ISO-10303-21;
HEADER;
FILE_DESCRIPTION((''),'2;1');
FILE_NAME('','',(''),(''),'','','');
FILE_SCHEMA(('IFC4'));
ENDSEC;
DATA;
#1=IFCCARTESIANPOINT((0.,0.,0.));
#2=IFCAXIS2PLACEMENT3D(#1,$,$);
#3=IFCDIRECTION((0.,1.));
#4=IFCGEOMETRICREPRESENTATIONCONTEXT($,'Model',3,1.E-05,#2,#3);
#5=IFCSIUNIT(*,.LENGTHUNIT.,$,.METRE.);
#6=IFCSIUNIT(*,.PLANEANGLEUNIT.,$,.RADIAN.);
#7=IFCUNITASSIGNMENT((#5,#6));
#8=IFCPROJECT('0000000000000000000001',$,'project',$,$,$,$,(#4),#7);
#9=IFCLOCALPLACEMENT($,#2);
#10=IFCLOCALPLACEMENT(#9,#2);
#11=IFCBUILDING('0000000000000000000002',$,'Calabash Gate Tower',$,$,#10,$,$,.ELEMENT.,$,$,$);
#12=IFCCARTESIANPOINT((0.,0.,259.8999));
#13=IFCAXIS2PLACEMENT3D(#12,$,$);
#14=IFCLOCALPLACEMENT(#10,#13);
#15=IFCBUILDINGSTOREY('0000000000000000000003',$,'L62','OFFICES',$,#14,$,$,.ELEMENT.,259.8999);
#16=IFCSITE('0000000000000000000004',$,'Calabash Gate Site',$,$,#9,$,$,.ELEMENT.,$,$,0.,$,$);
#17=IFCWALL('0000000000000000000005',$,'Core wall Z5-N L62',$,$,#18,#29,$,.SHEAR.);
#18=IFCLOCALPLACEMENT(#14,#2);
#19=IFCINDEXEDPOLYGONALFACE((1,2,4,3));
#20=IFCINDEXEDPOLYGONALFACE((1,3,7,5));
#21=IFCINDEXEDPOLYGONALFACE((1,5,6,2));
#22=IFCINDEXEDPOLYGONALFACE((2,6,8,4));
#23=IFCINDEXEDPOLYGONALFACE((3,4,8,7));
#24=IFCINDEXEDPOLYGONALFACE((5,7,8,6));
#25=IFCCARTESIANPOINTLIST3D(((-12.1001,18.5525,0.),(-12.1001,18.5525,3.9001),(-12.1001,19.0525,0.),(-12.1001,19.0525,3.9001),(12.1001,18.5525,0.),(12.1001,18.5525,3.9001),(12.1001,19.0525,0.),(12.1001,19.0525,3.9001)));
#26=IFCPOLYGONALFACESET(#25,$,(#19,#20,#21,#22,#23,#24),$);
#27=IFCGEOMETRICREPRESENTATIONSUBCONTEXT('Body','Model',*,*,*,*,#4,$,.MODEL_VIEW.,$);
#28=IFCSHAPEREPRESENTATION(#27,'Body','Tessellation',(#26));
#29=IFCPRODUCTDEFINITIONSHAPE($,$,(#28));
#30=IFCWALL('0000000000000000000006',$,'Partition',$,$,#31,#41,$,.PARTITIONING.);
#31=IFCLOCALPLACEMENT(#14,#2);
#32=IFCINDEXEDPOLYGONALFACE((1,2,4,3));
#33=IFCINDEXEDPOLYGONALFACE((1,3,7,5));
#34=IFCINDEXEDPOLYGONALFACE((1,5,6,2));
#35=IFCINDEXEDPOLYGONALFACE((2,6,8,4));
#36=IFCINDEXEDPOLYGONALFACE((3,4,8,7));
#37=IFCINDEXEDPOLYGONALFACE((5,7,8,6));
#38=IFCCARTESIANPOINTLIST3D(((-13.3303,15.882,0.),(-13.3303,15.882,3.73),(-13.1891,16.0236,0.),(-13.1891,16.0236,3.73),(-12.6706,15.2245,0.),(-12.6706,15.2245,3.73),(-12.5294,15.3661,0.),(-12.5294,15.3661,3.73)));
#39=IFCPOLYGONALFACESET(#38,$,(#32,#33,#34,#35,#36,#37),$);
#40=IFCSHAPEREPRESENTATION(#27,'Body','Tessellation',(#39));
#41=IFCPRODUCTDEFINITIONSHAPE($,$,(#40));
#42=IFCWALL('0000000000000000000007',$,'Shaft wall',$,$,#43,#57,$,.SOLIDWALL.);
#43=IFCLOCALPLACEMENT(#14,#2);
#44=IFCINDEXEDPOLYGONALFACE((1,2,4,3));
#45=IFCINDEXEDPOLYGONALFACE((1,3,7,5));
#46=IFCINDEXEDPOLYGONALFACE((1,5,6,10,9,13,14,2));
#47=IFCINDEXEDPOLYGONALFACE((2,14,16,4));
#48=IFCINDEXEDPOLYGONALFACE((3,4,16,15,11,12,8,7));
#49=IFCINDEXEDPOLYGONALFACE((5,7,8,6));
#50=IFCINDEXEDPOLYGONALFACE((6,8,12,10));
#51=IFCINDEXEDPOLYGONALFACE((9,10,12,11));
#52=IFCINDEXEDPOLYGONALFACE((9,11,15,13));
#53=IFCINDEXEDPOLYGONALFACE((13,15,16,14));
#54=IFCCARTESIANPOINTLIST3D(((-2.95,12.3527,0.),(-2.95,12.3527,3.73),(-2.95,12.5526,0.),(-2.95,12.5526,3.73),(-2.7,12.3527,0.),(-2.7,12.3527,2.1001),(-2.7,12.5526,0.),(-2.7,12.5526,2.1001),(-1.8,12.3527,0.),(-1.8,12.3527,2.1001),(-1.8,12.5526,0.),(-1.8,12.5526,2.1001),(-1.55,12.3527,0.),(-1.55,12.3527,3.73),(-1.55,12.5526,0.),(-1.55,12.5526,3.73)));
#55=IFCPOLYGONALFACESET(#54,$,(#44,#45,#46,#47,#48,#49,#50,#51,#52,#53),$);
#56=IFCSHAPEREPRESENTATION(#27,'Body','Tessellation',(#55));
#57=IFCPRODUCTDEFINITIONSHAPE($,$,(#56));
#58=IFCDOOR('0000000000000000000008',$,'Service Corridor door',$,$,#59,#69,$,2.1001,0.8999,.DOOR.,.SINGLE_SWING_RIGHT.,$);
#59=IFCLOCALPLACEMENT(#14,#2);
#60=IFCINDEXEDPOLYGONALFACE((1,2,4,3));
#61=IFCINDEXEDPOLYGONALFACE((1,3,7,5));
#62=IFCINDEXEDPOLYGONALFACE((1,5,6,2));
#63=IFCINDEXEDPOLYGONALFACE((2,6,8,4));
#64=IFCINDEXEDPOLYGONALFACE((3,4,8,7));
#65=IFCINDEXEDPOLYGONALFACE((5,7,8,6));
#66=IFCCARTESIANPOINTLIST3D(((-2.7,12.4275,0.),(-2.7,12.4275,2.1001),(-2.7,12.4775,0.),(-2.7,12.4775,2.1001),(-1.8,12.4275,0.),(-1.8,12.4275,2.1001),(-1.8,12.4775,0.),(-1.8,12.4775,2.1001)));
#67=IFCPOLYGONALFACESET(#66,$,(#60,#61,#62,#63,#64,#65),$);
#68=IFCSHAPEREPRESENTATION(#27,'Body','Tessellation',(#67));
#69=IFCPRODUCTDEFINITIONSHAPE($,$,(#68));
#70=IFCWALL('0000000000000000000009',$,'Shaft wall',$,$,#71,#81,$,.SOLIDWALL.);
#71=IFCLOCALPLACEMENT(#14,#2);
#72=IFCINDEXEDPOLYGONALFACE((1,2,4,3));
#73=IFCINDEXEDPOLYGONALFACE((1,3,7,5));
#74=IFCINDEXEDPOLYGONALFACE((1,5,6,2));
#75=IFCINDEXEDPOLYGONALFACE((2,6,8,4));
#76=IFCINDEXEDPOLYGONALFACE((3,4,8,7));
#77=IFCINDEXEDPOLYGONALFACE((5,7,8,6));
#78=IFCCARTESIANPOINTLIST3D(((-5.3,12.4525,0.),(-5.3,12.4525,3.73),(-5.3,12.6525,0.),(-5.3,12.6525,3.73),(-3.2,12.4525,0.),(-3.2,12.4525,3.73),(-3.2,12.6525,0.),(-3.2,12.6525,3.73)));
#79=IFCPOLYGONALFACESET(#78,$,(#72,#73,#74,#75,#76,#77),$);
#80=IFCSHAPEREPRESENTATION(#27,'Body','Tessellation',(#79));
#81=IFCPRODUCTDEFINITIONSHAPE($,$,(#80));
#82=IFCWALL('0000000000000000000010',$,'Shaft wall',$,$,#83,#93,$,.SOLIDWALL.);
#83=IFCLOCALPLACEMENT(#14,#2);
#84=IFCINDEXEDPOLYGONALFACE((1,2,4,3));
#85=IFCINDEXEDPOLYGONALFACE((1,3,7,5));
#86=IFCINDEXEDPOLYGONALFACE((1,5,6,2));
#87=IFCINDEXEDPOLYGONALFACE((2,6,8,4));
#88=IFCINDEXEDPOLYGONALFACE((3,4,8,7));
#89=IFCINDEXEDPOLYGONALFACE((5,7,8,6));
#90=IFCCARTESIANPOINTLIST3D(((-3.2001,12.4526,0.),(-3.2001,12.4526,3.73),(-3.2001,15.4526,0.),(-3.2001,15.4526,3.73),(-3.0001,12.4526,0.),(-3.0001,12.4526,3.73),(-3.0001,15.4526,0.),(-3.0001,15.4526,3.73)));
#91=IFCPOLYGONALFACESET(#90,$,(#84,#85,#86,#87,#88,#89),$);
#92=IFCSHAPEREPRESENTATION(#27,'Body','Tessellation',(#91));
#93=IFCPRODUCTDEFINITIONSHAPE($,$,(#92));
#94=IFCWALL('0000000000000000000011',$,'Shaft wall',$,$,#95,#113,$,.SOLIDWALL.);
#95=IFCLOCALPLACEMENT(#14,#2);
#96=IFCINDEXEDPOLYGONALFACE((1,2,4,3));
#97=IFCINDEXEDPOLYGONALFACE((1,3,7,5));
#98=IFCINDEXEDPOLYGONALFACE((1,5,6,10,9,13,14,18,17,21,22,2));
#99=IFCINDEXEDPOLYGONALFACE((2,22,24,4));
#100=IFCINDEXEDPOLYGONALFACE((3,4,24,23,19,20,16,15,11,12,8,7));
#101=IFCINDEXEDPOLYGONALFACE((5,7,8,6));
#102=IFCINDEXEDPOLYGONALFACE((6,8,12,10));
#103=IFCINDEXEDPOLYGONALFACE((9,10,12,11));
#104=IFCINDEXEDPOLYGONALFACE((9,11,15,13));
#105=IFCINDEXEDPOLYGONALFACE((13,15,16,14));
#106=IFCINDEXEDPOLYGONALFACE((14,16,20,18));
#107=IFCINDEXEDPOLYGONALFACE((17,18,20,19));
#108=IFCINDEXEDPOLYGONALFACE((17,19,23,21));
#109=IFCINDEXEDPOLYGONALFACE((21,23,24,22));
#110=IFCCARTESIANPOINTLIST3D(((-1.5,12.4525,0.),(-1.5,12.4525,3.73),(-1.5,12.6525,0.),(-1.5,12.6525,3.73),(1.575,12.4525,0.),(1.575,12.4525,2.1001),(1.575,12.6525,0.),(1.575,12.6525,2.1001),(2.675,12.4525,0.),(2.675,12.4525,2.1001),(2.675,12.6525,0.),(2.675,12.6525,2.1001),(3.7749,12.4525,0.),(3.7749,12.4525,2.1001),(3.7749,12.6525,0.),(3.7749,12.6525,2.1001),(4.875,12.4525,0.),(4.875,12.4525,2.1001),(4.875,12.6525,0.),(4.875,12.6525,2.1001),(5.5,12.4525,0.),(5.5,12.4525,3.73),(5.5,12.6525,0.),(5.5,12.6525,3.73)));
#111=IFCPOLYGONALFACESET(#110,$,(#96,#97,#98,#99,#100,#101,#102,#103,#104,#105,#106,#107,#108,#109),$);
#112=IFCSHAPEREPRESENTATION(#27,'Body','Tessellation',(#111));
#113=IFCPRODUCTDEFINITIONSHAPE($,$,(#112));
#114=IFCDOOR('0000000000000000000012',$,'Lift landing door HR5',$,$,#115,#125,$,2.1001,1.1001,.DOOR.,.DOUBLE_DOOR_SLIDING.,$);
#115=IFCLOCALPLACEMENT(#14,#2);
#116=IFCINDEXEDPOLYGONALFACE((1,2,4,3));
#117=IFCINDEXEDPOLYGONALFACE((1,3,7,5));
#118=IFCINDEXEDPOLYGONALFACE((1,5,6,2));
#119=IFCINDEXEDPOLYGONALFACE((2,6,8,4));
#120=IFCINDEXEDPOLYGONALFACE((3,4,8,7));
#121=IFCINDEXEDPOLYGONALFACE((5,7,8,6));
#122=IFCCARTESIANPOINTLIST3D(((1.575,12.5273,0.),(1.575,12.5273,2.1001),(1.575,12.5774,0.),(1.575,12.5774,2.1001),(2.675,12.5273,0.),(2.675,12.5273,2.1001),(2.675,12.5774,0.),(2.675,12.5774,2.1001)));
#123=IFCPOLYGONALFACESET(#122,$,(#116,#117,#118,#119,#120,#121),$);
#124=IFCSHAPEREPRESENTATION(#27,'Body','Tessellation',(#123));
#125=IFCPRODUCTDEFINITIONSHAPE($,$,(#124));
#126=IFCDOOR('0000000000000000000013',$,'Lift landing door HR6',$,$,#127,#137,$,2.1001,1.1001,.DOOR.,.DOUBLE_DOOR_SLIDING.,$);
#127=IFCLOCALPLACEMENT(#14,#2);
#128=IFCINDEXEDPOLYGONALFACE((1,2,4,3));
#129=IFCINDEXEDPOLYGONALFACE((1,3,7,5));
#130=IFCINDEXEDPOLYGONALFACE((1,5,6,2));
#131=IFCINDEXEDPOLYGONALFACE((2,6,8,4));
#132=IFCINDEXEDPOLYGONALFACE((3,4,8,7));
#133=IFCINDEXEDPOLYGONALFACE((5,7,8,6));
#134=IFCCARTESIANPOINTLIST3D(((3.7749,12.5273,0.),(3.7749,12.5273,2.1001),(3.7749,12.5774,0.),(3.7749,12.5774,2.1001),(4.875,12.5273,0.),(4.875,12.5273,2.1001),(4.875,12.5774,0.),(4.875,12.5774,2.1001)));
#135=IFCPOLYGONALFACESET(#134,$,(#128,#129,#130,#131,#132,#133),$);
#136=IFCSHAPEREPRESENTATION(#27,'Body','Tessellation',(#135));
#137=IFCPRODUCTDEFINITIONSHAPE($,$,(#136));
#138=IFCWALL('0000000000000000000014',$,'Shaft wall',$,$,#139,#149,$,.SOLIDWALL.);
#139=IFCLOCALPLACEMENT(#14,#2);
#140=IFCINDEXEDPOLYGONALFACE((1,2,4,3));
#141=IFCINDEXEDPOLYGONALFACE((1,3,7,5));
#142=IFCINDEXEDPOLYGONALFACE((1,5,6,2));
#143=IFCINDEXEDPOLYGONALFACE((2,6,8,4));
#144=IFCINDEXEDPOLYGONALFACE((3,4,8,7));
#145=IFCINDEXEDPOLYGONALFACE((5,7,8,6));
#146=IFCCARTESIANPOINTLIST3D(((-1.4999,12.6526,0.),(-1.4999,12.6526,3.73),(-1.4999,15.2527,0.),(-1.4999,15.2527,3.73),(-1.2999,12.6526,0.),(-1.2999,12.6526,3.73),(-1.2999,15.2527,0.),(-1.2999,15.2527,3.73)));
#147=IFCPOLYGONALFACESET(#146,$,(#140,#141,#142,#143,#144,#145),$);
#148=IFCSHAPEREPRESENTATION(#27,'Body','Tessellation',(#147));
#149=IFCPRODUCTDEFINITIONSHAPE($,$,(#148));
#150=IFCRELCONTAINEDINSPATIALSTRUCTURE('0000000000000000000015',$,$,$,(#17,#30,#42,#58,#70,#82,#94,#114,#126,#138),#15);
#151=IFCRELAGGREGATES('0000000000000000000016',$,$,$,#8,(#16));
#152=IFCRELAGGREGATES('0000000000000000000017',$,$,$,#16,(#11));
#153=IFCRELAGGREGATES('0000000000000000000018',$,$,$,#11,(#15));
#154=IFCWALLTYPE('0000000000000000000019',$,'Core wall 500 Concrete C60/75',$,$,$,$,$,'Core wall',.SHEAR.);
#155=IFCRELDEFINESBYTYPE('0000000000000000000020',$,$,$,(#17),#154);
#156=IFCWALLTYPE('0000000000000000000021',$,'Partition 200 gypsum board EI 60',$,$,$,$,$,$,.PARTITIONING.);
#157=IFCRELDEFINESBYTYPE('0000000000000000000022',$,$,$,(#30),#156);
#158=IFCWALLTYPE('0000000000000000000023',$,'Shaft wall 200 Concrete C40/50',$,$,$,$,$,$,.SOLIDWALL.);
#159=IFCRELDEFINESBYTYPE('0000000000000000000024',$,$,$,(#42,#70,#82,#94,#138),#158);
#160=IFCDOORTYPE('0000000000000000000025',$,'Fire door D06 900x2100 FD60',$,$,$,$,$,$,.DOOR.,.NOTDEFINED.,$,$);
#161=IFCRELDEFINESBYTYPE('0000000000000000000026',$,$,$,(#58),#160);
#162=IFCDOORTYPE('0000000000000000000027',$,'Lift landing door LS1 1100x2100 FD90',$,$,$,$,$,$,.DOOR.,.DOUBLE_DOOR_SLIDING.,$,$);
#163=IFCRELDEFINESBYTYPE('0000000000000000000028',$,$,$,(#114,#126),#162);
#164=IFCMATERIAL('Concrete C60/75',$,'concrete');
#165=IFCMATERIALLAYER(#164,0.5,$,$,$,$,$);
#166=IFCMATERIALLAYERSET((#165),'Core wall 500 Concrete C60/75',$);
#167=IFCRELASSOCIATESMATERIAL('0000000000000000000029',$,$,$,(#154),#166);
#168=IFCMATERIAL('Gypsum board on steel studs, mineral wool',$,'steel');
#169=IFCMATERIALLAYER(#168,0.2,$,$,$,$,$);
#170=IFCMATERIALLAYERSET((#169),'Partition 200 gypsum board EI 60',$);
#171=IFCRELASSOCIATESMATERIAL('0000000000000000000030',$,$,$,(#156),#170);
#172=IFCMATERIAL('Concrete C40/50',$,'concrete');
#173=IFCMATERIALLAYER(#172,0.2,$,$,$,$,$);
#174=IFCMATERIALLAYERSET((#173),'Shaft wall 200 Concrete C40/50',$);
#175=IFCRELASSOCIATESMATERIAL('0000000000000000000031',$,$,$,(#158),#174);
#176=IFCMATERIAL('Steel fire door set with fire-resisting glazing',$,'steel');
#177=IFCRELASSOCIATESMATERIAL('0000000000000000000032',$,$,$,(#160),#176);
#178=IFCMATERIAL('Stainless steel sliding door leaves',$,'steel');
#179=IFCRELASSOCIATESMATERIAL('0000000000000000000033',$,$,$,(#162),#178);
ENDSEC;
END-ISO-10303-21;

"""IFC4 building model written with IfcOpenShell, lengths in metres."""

from ifc_helpers import new_model, si_unit, direction, frame, frame_2d, origin, place, context, subcontext, project, spatial, rectangle, extrude, material, layer, layer_set, type_object, element, fill, save


model = new_model("IFC4")

# Units and contexts
model_context = context("Model", 3, precision=1e-05, world=origin(), true_north=direction((0.0, 1.0)))
body_context = subcontext(model_context, "Body", "Model", "MODEL_VIEW")
ifc_project = project(units=[si_unit("LENGTHUNIT", "METRE"), si_unit("PLANEANGLEUNIT", "RADIAN")], contexts=[model_context])

# Site, building, storey
site_placement = place(None, origin())
site = spatial("IfcSite", under=ifc_project, at=site_placement, Name="Calabash Gate Site", CompositionType="ELEMENT", RefElevation=0.0)
building_placement = place(site_placement, origin())
building = spatial("IfcBuilding", under=site, at=building_placement, Name="Calabash Gate Tower", CompositionType="ELEMENT")
storey_placement = place(building_placement, frame((0.0, 0.0, 259.8999)))
storey = spatial("IfcBuildingStorey", under=building, at=storey_placement, Name="L62", Description="OFFICES", CompositionType="ELEMENT", Elevation=259.8999)

# Walls
ifc_material_1 = material(Name="Concrete C60/75", Category="concrete")
ifc_layer_1 = layer(ifc_material_1, 0.5)
ifc_layer_set_1 = layer_set([ifc_layer_1], Name="Core wall 500 Concrete C60/75")
wall_type_1 = type_object("IfcWallType", Name="Core wall 500 Concrete C60/75", ElementType="Core wall", PredefinedType="SHEAR", material=ifc_layer_set_1)
wall_1_placement = place(storey_placement, frame((-12.1001, 18.8025, 0.0), z_axis=(0.0, 0.0, 1.0), x_axis=(1.0, 0.0, 0.0)))
element("IfcWall", 1, at=wall_1_placement, inside=storey, type_object=wall_type_1, Name="Core wall Z5-N L62", PredefinedType="SHEAR", context=body_context, shape_type="SweptSolid", body=[
    extrude(rectangle(XDim=24.2002, YDim=0.5, at=frame_2d((12.1001, 0.0))), origin(), (0.0, 0.0, 1.0), 3.9001),
])
ifc_material_2 = material(Name="Gypsum board on steel studs, mineral wool", Category="steel")
ifc_layer_2 = layer(ifc_material_2, 0.2)
ifc_layer_set_2 = layer_set([ifc_layer_2], Name="Partition 200 gypsum board EI 60")
wall_type_2 = type_object("IfcWallType", Name="Partition 200 gypsum board EI 60", PredefinedType="PARTITIONING", material=ifc_layer_set_2)
wall_2_placement = place(storey_placement, frame((-13.2598, 15.9529, 0.0), z_axis=(0.0, 0.0, 1.0), x_axis=(0.708285, -0.705926, 0.0)))
element("IfcWall", 2, at=wall_2_placement, inside=storey, type_object=wall_type_2, Name="Partition", PredefinedType="PARTITIONING", context=body_context, shape_type="SweptSolid", body=[
    extrude(rectangle(XDim=0.9314, YDim=0.2, at=frame_2d((0.4658, 0.0))), origin(), (0.0, 0.0, 1.0), 3.73),
])

# Wall, opening, door
ifc_material_3 = material(Name="Concrete C40/50", Category="concrete")
ifc_layer_3 = layer(ifc_material_3, 0.2)
ifc_layer_set_3 = layer_set([ifc_layer_3], Name="Shaft wall 200 Concrete C40/50")
wall_type_3 = type_object("IfcWallType", Name="Shaft wall 200 Concrete C40/50", PredefinedType="SOLIDWALL", material=ifc_layer_set_3)
wall_3_placement = place(storey_placement, frame((-2.95, 12.4526, 0.0), z_axis=(0.0, 0.0, 1.0), x_axis=(1.0, 0.0, 0.0)))
wall_3 = element("IfcWall", 3, at=wall_3_placement, inside=storey, type_object=wall_type_3, Name="Shaft wall", PredefinedType="SOLIDWALL", context=body_context, shape_type="SweptSolid", body=[
    extrude(rectangle(XDim=1.3999, YDim=0.2, at=frame_2d((0.7, 0.0))), origin(), (0.0, 0.0, 1.0), 3.73),
])
opening_1_placement = place(wall_3_placement, frame((0.25, 0.0, 0.0)))
opening_1 = element("IfcOpeningElement", 4, at=opening_1_placement, cuts=wall_3, PredefinedType="OPENING", context=body_context, shape_type="SweptSolid", body=[
    extrude(rectangle(XDim=0.8999, YDim=2.1001, at=frame_2d((0.45, 1.05))), frame((0.0, 0.1099, 0.0), z_axis=(0.0, -1.0, 0.0), x_axis=(1.0, 0.0, 0.0)), (0.0, 0.0, 1.0), 0.22),
])
ifc_material_4 = material(Name="Steel fire door set with fire-resisting glazing", Category="steel")
door_type_1 = type_object("IfcDoorType", Name="Fire door D06 900x2100 FD60", OperationType="NOTDEFINED", PredefinedType="DOOR", material=ifc_material_4)
door_1_placement = place(opening_1_placement, origin())
door_1 = element("IfcDoor", 5, at=door_1_placement, inside=storey, type_object=door_type_1, Name="Service Corridor door", OperationType="SINGLE_SWING_RIGHT", OverallHeight=2.1001, OverallWidth=0.8999, PredefinedType="DOOR", context=body_context, shape_type="SweptSolid", body=[
    extrude(rectangle(XDim=0.8999, YDim=2.1001, at=frame_2d((0.45, 1.05))), frame((0.0, 0.0249, 0.0), z_axis=(0.0, -1.0, 0.0), x_axis=(1.0, 0.0, 0.0)), (0.0, 0.0, 1.0), 0.05),
])
fill(opening_1, door_1)

# Walls
wall_4_placement = place(storey_placement, frame((-5.3, 12.5525, 0.0), z_axis=(0.0, 0.0, 1.0), x_axis=(1.0, 0.0, 0.0)))
element("IfcWall", 6, at=wall_4_placement, inside=storey, type_object=wall_type_3, Name="Shaft wall", PredefinedType="SOLIDWALL", context=body_context, shape_type="SweptSolid", body=[
    extrude(rectangle(XDim=2.1001, YDim=0.2, at=frame_2d((1.05, 0.0))), origin(), (0.0, 0.0, 1.0), 3.73),
])
wall_5_placement = place(storey_placement, frame((-3.1001, 12.4526, 0.0), z_axis=(0.0, 0.0, 1.0), x_axis=(0.0, 1.0, 0.0)))
element("IfcWall", 7, at=wall_5_placement, inside=storey, type_object=wall_type_3, Name="Shaft wall", PredefinedType="SOLIDWALL", context=body_context, shape_type="SweptSolid", body=[
    extrude(rectangle(XDim=3.0, YDim=0.2, at=frame_2d((1.5, 0.0))), origin(), (0.0, 0.0, 1.0), 3.73),
])

# Wall, openings, doors
wall_6_placement = place(storey_placement, frame((-1.5, 12.5525, 0.0), z_axis=(0.0, 0.0, 1.0), x_axis=(1.0, 0.0, 0.0)))
wall_6 = element("IfcWall", 8, at=wall_6_placement, inside=storey, type_object=wall_type_3, Name="Shaft wall", PredefinedType="SOLIDWALL", context=body_context, shape_type="SweptSolid", body=[
    extrude(rectangle(XDim=7.0, YDim=0.2, at=frame_2d((3.5, 0.0))), origin(), (0.0, 0.0, 1.0), 3.73),
])
opening_2_placement = place(wall_6_placement, frame((3.075, 0.0, 0.0)))
opening_2 = element("IfcOpeningElement", 9, at=opening_2_placement, cuts=wall_6, PredefinedType="OPENING", context=body_context, shape_type="SweptSolid", body=[
    extrude(rectangle(XDim=1.1001, YDim=2.1001, at=frame_2d((0.55, 1.05))), frame((0.0, 0.1099, 0.0), z_axis=(0.0, -1.0, 0.0), x_axis=(1.0, 0.0, 0.0)), (0.0, 0.0, 1.0), 0.22),
])
opening_3_placement = place(wall_6_placement, frame((5.2749, 0.0, 0.0)))
opening_3 = element("IfcOpeningElement", 10, at=opening_3_placement, cuts=wall_6, PredefinedType="OPENING", context=body_context, shape_type="SweptSolid", body=[
    extrude(rectangle(XDim=1.1001, YDim=2.1001, at=frame_2d((0.55, 1.05))), frame((0.0, 0.1099, 0.0), z_axis=(0.0, -1.0, 0.0), x_axis=(1.0, 0.0, 0.0)), (0.0, 0.0, 1.0), 0.22),
])
ifc_material_5 = material(Name="Stainless steel sliding door leaves", Category="steel")
door_type_2 = type_object("IfcDoorType", Name="Lift landing door LS1 1100x2100 FD90", OperationType="DOUBLE_DOOR_SLIDING", PredefinedType="DOOR", material=ifc_material_5)
door_2_placement = place(opening_2_placement, origin())
door_2 = element("IfcDoor", 11, at=door_2_placement, inside=storey, type_object=door_type_2, Name="Lift landing door HR5", OperationType="DOUBLE_DOOR_SLIDING", OverallHeight=2.1001, OverallWidth=1.1001, PredefinedType="DOOR", context=body_context, shape_type="SweptSolid", body=[
    extrude(rectangle(XDim=1.1001, YDim=2.1001, at=frame_2d((0.55, 1.05))), frame((0.0, 0.0249, 0.0), z_axis=(0.0, -1.0, 0.0), x_axis=(1.0, 0.0, 0.0)), (0.0, 0.0, 1.0), 0.05),
])
fill(opening_2, door_2)
door_3_placement = place(opening_3_placement, origin())
door_3 = element("IfcDoor", 12, at=door_3_placement, inside=storey, type_object=door_type_2, Name="Lift landing door HR6", OperationType="DOUBLE_DOOR_SLIDING", OverallHeight=2.1001, OverallWidth=1.1001, PredefinedType="DOOR", context=body_context, shape_type="SweptSolid", body=[
    extrude(rectangle(XDim=1.1001, YDim=2.1001, at=frame_2d((0.55, 1.05))), frame((0.0, 0.0249, 0.0), z_axis=(0.0, -1.0, 0.0), x_axis=(1.0, 0.0, 0.0)), (0.0, 0.0, 1.0), 0.05),
])
fill(opening_3, door_3)

# Wall
wall_7_placement = place(storey_placement, frame((-1.3999, 12.6526, 0.0), z_axis=(0.0, 0.0, 1.0), x_axis=(0.0, 1.0, 0.0)))
element("IfcWall", 13, at=wall_7_placement, inside=storey, type_object=wall_type_3, Name="Shaft wall", PredefinedType="SOLIDWALL", context=body_context, shape_type="SweptSolid", body=[
    extrude(rectangle(XDim=2.6001, YDim=0.2, at=frame_2d((1.3, 0.0))), origin(), (0.0, 0.0, 1.0), 3.73),
])

save(model, "model.ifc")
